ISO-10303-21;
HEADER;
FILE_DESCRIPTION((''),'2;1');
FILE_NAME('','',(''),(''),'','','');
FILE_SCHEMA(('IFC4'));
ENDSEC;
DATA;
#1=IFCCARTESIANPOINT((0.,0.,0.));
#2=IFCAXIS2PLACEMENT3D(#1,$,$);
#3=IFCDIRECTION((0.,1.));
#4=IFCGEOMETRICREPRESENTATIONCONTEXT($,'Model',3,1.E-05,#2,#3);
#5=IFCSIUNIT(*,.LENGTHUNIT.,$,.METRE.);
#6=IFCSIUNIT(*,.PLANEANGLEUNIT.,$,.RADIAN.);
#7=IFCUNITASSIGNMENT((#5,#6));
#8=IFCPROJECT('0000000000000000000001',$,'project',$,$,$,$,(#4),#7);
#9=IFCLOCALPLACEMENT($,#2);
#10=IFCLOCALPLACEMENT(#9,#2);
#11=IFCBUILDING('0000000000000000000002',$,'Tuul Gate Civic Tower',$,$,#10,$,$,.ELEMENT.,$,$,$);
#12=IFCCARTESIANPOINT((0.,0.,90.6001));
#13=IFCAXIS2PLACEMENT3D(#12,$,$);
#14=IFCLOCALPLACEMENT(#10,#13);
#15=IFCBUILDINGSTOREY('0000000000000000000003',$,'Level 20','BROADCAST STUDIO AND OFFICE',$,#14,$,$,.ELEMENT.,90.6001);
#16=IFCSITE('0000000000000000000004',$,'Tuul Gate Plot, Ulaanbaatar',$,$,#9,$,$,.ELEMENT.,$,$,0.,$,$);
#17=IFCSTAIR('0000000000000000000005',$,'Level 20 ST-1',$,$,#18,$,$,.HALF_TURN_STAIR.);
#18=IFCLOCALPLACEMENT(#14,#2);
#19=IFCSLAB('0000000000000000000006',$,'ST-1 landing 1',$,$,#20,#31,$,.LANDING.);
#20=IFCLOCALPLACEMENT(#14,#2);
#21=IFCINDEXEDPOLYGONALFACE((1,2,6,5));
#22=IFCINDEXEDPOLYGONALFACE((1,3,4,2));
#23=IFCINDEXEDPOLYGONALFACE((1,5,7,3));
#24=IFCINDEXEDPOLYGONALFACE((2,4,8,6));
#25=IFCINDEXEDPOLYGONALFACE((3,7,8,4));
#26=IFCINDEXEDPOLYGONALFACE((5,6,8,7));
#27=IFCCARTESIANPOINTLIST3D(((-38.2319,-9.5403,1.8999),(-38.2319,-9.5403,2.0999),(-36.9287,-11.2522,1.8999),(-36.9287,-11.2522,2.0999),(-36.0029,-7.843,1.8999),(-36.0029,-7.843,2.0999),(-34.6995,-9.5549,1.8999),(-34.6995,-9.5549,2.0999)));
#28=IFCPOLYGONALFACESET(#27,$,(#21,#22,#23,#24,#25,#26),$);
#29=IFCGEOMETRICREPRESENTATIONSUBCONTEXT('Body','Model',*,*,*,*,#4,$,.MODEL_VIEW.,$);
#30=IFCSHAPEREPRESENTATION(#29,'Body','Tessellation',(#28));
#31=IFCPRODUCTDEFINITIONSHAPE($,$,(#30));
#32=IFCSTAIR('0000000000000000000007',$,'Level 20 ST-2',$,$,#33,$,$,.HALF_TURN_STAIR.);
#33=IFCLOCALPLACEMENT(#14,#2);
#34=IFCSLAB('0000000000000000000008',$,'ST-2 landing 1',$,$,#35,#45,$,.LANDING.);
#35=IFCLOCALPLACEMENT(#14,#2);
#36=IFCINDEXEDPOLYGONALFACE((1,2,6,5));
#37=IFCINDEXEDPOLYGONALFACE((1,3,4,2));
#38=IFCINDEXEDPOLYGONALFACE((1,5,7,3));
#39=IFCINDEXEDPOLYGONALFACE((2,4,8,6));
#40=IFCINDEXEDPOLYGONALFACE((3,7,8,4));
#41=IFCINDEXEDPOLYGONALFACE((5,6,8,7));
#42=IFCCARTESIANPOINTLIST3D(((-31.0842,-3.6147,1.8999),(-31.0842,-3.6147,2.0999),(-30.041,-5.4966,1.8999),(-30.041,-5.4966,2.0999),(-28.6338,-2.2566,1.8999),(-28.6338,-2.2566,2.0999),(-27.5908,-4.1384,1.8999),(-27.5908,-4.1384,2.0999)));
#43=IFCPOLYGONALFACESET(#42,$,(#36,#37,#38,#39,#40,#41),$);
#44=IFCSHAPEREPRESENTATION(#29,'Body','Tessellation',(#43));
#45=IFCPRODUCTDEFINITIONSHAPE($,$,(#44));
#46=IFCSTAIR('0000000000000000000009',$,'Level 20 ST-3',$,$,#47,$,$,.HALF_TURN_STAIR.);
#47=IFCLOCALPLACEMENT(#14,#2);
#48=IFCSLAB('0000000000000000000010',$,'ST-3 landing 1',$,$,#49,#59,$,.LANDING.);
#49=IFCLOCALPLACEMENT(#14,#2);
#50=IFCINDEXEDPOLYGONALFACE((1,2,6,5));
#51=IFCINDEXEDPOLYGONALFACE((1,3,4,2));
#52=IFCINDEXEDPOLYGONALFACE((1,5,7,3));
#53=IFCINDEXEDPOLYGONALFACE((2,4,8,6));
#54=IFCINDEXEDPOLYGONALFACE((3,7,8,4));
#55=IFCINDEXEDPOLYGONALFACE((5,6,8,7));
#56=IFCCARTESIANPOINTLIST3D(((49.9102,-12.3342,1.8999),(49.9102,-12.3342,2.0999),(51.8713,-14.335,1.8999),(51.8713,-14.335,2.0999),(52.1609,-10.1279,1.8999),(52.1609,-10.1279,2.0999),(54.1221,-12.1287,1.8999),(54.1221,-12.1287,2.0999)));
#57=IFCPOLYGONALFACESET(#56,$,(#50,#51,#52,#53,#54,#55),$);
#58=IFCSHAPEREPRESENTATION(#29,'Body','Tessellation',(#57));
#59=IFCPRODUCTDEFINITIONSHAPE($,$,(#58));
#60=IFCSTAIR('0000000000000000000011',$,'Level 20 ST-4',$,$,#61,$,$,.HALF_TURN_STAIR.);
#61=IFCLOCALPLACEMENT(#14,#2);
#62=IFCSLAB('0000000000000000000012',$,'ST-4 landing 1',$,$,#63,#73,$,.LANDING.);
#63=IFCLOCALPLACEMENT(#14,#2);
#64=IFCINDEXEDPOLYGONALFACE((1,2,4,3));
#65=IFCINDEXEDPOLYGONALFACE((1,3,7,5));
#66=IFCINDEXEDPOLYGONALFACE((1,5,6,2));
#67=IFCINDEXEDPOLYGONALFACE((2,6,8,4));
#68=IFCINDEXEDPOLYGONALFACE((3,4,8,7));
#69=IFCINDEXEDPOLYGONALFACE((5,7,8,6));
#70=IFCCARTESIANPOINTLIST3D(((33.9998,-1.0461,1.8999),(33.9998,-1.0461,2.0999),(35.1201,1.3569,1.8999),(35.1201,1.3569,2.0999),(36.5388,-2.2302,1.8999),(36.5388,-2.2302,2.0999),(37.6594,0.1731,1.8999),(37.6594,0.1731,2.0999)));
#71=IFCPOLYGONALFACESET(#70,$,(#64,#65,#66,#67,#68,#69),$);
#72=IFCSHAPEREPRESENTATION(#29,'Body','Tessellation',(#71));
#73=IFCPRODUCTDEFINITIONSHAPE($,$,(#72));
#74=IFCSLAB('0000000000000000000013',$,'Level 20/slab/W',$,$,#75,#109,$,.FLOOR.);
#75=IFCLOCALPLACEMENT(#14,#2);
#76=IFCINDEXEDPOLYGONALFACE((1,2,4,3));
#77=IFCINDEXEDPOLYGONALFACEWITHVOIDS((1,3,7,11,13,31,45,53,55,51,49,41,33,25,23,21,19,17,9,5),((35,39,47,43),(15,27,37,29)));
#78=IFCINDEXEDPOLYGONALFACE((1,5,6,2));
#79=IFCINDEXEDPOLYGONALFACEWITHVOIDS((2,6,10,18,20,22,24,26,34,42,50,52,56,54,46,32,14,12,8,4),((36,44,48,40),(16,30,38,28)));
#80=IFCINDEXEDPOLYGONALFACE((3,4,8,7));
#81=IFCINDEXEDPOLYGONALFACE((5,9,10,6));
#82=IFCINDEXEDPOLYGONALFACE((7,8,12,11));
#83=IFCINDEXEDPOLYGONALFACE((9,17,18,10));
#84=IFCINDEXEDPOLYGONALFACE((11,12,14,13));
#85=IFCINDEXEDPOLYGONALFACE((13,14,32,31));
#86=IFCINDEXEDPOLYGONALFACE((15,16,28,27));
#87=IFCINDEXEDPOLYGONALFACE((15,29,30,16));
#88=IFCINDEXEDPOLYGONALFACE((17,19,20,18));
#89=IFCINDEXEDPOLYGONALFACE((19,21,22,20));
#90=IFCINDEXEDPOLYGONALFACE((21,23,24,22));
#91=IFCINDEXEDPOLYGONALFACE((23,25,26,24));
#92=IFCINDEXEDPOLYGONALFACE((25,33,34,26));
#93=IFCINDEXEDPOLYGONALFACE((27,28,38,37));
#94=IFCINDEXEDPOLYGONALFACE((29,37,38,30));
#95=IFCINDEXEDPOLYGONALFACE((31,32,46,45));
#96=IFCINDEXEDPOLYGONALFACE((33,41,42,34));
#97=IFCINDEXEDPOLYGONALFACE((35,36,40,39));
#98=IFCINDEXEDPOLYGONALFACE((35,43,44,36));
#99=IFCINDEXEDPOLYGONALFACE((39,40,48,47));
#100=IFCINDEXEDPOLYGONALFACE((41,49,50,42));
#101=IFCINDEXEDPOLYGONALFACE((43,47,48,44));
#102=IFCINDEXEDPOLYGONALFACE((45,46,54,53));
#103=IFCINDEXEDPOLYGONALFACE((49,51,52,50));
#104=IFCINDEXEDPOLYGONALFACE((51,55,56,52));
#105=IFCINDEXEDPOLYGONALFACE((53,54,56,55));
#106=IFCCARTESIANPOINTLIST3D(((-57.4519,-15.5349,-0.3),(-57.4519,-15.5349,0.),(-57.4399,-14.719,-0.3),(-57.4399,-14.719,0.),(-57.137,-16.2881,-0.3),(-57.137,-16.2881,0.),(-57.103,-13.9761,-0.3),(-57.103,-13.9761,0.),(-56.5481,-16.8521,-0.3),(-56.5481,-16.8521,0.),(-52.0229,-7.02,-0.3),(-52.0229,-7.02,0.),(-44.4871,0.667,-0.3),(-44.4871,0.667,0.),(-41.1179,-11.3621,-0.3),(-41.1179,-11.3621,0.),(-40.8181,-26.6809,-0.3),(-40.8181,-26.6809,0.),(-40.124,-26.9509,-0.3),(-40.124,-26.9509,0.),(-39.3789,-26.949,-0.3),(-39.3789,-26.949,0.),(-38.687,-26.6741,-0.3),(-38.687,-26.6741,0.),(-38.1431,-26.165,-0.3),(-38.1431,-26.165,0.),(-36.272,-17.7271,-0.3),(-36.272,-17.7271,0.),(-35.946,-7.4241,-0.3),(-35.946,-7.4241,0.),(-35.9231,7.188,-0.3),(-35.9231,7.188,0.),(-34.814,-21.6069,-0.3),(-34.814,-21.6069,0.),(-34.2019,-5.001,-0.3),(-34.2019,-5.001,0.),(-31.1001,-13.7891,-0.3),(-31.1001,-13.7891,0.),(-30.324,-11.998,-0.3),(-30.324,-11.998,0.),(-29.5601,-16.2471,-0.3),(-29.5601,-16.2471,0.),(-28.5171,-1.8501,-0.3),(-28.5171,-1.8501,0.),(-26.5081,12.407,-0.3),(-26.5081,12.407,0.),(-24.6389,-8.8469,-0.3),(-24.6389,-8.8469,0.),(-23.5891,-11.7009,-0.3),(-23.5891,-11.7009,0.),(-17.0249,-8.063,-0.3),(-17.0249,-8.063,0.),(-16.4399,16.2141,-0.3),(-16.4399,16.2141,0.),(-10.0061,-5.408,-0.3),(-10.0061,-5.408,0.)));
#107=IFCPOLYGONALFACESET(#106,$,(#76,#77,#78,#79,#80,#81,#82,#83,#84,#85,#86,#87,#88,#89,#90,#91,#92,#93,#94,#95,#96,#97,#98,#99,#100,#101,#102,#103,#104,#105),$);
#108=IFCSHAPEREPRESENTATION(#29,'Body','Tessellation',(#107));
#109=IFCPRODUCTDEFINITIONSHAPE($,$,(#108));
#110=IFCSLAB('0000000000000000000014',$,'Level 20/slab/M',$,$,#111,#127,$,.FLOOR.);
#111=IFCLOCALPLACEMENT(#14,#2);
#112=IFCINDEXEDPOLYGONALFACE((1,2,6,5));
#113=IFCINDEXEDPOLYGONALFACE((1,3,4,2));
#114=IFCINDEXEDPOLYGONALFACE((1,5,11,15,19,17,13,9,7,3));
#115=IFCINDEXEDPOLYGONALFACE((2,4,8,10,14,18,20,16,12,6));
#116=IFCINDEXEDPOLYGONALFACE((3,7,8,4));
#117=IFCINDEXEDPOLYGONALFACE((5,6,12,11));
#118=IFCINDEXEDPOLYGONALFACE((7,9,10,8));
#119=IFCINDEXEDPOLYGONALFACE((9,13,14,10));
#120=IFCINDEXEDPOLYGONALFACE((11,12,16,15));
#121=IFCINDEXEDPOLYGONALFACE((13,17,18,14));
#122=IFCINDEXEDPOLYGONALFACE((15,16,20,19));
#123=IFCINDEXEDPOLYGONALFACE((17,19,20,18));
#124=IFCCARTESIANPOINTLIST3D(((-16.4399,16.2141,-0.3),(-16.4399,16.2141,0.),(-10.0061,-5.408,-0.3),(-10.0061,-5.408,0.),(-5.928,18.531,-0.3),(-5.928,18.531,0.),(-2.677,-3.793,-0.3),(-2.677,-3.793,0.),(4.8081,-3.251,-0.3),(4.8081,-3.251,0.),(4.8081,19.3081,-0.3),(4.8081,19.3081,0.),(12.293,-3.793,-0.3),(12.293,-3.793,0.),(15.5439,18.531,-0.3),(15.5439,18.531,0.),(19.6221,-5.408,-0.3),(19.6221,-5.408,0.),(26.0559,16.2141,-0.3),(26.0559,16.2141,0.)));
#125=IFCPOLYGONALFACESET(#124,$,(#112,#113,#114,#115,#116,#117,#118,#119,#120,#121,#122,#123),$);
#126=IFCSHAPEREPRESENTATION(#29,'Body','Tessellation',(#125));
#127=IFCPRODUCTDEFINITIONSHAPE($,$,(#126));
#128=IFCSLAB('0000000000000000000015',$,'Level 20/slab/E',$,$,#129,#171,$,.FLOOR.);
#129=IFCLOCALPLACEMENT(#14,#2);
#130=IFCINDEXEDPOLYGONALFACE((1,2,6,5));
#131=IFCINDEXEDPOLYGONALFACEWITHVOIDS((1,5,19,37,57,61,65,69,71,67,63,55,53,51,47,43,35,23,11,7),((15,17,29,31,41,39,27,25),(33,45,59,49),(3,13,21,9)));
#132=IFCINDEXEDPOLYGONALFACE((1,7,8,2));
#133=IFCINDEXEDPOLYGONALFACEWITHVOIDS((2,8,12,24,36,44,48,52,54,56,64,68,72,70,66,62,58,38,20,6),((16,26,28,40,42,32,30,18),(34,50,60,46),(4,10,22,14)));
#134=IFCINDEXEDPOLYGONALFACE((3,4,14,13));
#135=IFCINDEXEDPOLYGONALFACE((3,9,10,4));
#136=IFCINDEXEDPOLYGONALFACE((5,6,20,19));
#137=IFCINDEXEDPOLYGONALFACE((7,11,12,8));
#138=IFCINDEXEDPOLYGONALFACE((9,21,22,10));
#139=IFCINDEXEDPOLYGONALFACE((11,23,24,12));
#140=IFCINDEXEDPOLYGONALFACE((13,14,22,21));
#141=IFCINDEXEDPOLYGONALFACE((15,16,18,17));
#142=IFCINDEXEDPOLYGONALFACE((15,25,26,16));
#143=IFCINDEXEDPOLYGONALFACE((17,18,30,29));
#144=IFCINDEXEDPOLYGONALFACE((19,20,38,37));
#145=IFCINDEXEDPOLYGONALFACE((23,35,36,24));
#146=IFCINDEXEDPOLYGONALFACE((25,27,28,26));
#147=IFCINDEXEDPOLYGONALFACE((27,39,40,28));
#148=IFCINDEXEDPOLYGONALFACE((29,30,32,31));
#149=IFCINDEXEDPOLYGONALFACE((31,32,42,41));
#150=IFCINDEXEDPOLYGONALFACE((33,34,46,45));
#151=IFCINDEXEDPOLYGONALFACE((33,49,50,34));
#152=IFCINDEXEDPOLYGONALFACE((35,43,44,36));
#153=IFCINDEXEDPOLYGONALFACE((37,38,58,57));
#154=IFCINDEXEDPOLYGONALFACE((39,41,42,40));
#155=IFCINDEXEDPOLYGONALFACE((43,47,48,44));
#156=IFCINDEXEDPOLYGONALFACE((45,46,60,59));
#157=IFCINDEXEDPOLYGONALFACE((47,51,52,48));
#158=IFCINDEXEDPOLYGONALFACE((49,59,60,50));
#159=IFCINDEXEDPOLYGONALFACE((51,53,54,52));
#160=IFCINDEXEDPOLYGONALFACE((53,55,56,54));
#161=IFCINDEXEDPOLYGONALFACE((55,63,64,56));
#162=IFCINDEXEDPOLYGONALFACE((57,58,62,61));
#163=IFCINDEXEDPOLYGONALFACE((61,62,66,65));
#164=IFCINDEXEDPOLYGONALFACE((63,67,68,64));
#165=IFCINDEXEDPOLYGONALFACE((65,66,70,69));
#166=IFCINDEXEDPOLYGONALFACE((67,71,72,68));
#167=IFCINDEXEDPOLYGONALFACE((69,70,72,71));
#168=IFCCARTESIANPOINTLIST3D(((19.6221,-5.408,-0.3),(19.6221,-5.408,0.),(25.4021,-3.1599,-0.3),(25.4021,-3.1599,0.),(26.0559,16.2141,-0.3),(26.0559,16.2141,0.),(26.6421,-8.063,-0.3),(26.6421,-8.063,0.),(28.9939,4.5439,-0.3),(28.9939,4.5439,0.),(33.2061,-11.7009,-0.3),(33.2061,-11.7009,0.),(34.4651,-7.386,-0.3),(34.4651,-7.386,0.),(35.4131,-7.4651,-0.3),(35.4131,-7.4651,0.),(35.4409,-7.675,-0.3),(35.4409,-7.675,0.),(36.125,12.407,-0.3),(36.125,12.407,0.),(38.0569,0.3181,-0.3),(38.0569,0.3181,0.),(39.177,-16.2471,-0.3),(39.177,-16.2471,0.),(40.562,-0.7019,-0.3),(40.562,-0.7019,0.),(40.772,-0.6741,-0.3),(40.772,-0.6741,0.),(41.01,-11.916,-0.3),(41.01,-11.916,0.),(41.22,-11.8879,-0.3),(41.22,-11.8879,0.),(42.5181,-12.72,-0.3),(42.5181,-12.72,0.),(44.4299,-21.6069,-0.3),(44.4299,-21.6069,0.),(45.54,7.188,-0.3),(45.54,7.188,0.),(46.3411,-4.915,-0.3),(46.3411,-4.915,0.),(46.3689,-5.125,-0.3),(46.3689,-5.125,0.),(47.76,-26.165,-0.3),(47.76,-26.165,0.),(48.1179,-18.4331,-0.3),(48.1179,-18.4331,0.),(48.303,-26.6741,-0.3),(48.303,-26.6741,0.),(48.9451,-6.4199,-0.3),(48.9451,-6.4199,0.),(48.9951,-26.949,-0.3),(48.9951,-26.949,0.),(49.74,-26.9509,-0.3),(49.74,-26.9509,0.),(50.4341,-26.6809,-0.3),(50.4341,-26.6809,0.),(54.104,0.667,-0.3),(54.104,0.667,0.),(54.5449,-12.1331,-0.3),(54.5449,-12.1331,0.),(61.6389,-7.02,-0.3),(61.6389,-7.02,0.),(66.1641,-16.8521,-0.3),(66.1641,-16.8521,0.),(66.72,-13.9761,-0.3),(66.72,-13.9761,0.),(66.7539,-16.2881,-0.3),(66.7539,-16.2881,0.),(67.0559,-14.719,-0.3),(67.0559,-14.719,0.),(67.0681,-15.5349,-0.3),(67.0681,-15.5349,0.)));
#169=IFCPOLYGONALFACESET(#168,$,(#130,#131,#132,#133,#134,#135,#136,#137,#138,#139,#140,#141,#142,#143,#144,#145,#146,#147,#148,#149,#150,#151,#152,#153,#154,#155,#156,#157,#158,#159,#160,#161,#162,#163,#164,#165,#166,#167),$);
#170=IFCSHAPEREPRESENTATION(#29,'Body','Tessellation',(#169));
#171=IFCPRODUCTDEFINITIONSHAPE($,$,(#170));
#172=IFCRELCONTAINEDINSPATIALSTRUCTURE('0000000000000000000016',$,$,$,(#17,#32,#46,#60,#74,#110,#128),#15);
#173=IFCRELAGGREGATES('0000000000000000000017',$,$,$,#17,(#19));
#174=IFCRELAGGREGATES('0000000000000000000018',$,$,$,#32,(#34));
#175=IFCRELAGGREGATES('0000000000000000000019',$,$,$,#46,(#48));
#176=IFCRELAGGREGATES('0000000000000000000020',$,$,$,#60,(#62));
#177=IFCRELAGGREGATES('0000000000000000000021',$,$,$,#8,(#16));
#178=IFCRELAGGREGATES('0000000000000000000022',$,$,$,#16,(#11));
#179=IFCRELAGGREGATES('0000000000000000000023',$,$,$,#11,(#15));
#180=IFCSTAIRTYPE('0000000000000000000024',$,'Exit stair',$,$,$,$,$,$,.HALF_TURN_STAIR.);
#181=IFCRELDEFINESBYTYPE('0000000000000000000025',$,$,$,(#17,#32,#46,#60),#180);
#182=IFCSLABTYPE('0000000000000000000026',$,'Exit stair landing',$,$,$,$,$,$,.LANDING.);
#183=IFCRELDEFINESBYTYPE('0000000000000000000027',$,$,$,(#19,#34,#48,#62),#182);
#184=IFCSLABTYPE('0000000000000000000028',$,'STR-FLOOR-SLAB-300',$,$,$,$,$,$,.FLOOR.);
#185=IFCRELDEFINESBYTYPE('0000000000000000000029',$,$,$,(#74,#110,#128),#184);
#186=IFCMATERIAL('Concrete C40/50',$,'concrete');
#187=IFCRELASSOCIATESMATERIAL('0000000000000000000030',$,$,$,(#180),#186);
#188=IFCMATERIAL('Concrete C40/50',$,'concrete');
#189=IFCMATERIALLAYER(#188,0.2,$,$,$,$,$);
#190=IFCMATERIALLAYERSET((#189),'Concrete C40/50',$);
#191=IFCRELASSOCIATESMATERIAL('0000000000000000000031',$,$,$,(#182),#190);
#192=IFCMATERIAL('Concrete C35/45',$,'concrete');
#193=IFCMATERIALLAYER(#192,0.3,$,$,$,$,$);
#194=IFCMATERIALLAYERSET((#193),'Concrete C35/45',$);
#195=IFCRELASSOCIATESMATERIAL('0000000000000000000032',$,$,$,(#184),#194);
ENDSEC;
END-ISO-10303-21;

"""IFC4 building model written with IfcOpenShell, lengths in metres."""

from ifc_helpers import new_model, si_unit, direction, frame, origin, place, context, subcontext, project, spatial, polyline, outline, extrude, material, layer, layer_set, type_object, element, aggregate, save


model = new_model("IFC4")

# Units and contexts
model_context = context("Model", 3, precision=1e-05, world=origin(), true_north=direction((0.0, 1.0)))
body_context = subcontext(model_context, "Body", "Model", "MODEL_VIEW")
ifc_project = project(units=[si_unit("LENGTHUNIT", "METRE"), si_unit("PLANEANGLEUNIT", "RADIAN")], contexts=[model_context])

# Site, building, storey
site_placement = place(None, origin())
site = spatial("IfcSite", under=ifc_project, at=site_placement, Name="Tuul Gate Plot, Ulaanbaatar", CompositionType="ELEMENT", RefElevation=0.0)
building_placement = place(site_placement, origin())
building = spatial("IfcBuilding", under=site, at=building_placement, Name="Tuul Gate Civic Tower", CompositionType="ELEMENT")
storey_placement = place(building_placement, frame((0.0, 0.0, 90.6001)))
storey = spatial("IfcBuildingStorey", under=building, at=storey_placement, Name="Level 20", Description="BROADCAST STUDIO AND OFFICE", CompositionType="ELEMENT", Elevation=90.6001)

# Stairs, slabs
ifc_material_1 = material(Name="Concrete C40/50", Category="concrete")
stair_type = type_object("IfcStairType", Name="Exit stair", PredefinedType="HALF_TURN_STAIR", material=ifc_material_1)
stair_1_placement = place(storey_placement, origin())
stair_1 = element("IfcStair", 1, at=stair_1_placement, inside=storey, type_object=stair_type, Name="Level 20 ST-1", PredefinedType="HALF_TURN_STAIR")
ifc_material_2 = material(Name="Concrete C40/50", Category="concrete")
ifc_layer_1 = layer(ifc_material_2, 0.2)
ifc_layer_set_1 = layer_set([ifc_layer_1], Name="Concrete C40/50")
slab_type_1 = type_object("IfcSlabType", Name="Exit stair landing", PredefinedType="LANDING", material=ifc_layer_set_1)
slab_1_placement = place(storey_placement, frame((0.0, 0.0, 1.8999)))
slab_1 = element("IfcSlab", 2, at=slab_1_placement, type_object=slab_type_1, Name="ST-1 landing 1", PredefinedType="LANDING", context=body_context, shape_type="SweptSolid", body=[
    extrude(outline(polyline([(-34.6995, -9.5549), (-36.9287, -11.2522), (-38.2319, -9.5403), (-36.0029, -7.843), (-34.6995, -9.5549)])), origin(), (0.0, 0.0, 1.0), 0.2),
])
aggregate(stair_1, [slab_1])
stair_2_placement = place(storey_placement, origin())
stair_2 = element("IfcStair", 3, at=stair_2_placement, inside=storey, type_object=stair_type, Name="Level 20 ST-2", PredefinedType="HALF_TURN_STAIR")
slab_2_placement = place(storey_placement, frame((0.0, 0.0, 1.8999)))
slab_2 = element("IfcSlab", 4, at=slab_2_placement, type_object=slab_type_1, Name="ST-2 landing 1", PredefinedType="LANDING", context=body_context, shape_type="SweptSolid", body=[
    extrude(outline(polyline([(-27.5908, -4.1384), (-30.041, -5.4966), (-31.0842, -3.6147), (-28.6338, -2.2566), (-27.5908, -4.1384)])), origin(), (0.0, 0.0, 1.0), 0.2),
])
aggregate(stair_2, [slab_2])
stair_3_placement = place(storey_placement, origin())
stair_3 = element("IfcStair", 5, at=stair_3_placement, inside=storey, type_object=stair_type, Name="Level 20 ST-3", PredefinedType="HALF_TURN_STAIR")
slab_3_placement = place(storey_placement, frame((0.0, 0.0, 1.8999)))
slab_3 = element("IfcSlab", 6, at=slab_3_placement, type_object=slab_type_1, Name="ST-3 landing 1", PredefinedType="LANDING", context=body_context, shape_type="SweptSolid", body=[
    extrude(outline(polyline([(51.8713, -14.335), (49.9102, -12.3342), (52.1609, -10.1279), (54.1221, -12.1287), (51.8713, -14.335)])), origin(), (0.0, 0.0, 1.0), 0.2),
])
aggregate(stair_3, [slab_3])
stair_4_placement = place(storey_placement, origin())
stair_4 = element("IfcStair", 7, at=stair_4_placement, inside=storey, type_object=stair_type, Name="Level 20 ST-4", PredefinedType="HALF_TURN_STAIR")
slab_4_placement = place(storey_placement, frame((0.0, 0.0, 1.8999)))
slab_4 = element("IfcSlab", 8, at=slab_4_placement, type_object=slab_type_1, Name="ST-4 landing 1", PredefinedType="LANDING", context=body_context, shape_type="SweptSolid", body=[
    extrude(outline(polyline([(36.5388, -2.2302), (33.9998, -1.0461), (35.1201, 1.3569), (37.6594, 0.1731), (36.5388, -2.2302)])), origin(), (0.0, 0.0, 1.0), 0.2),
])
aggregate(stair_4, [slab_4])

# Slabs
ifc_material_3 = material(Name="Concrete C35/45", Category="concrete")
ifc_layer_2 = layer(ifc_material_3, 0.3)
ifc_layer_set_2 = layer_set([ifc_layer_2], Name="Concrete C35/45")
slab_type_2 = type_object("IfcSlabType", Name="STR-FLOOR-SLAB-300", PredefinedType="FLOOR", material=ifc_layer_set_2)
slab_5_placement = place(storey_placement, frame((0.0, 0.0, -0.3)))
element("IfcSlab", 9, at=slab_5_placement, inside=storey, type_object=slab_type_2, Name="Level 20/slab/W", PredefinedType="FLOOR", context=body_context, shape_type="SweptSolid", body=[
    extrude(outline(polyline([(-10.0061, -5.408), (-16.4399, 16.2141), (-26.5081, 12.407), (-35.9231, 7.188), (-44.4871, 0.667), (-52.0229, -7.02), (-57.103, -13.9761), (-57.4399, -14.719), (-57.4519, -15.5349), (-57.137, -16.2881), (-56.5481, -16.8521), (-40.8181, -26.6809), (-40.124, -26.9509), (-39.3789, -26.949), (-38.687, -26.6741), (-38.1431, -26.165), (-34.814, -21.6069), (-29.5601, -16.2471), (-23.5891, -11.7009), (-17.0249, -8.063), (-10.0061, -5.408)]), holes=[polyline([(-31.1001, -13.7891), (-36.272, -17.7271), (-41.1179, -11.3621), (-35.946, -7.4241), (-31.1001, -13.7891)]), polyline([(-24.6389, -8.8469), (-30.324, -11.998), (-34.2019, -5.001), (-28.5171, -1.8501), (-24.6389, -8.8469)])]), origin(), (0.0, 0.0, 1.0), 0.3),
])
slab_6_placement = place(storey_placement, frame((0.0, 0.0, -0.3)))
element("IfcSlab", 10, at=slab_6_placement, inside=storey, type_object=slab_type_2, Name="Level 20/slab/M", PredefinedType="FLOOR", context=body_context, shape_type="SweptSolid", body=[
    extrude(outline(polyline([(19.6221, -5.408), (26.0559, 16.2141), (15.5439, 18.531), (4.8081, 19.3081), (-5.928, 18.531), (-16.4399, 16.2141), (-10.0061, -5.408), (-2.677, -3.793), (4.8081, -3.251), (12.293, -3.793), (19.6221, -5.408)])), origin(), (0.0, 0.0, 1.0), 0.3),
])
slab_7_placement = place(storey_placement, frame((0.0, 0.0, -0.3)))
element("IfcSlab", 11, at=slab_7_placement, inside=storey, type_object=slab_type_2, Name="Level 20/slab/E", PredefinedType="FLOOR", context=body_context, shape_type="SweptSolid", body=[
    extrude(outline(polyline([(49.74, -26.9509), (50.4341, -26.6809), (66.1641, -16.8521), (66.7539, -16.2881), (67.0681, -15.5349), (67.0559, -14.719), (66.72, -13.9761), (61.6389, -7.02), (54.104, 0.667), (45.54, 7.188), (36.125, 12.407), (26.0559, 16.2141), (19.6221, -5.408), (26.6421, -8.063), (33.2061, -11.7009), (39.177, -16.2471), (44.4299, -21.6069), (47.76, -26.165), (48.303, -26.6741), (48.9951, -26.949), (49.74, -26.9509)]), holes=[polyline([(48.1179, -18.4331), (42.5181, -12.72), (48.9451, -6.4199), (54.5449, -12.1331), (48.1179, -18.4331)]), polyline([(35.4409, -7.675), (35.4131, -7.4651), (40.562, -0.7019), (40.772, -0.6741), (46.3411, -4.915), (46.3689, -5.125), (41.22, -11.8879), (41.01, -11.916), (35.4409, -7.675)]), polyline([(25.4021, -3.1599), (28.9939, 4.5439), (38.0569, 0.3181), (34.4651, -7.386), (25.4021, -3.1599)])]), origin(), (0.0, 0.0, 1.0), 0.3),
])

save(model, "model.ifc")
